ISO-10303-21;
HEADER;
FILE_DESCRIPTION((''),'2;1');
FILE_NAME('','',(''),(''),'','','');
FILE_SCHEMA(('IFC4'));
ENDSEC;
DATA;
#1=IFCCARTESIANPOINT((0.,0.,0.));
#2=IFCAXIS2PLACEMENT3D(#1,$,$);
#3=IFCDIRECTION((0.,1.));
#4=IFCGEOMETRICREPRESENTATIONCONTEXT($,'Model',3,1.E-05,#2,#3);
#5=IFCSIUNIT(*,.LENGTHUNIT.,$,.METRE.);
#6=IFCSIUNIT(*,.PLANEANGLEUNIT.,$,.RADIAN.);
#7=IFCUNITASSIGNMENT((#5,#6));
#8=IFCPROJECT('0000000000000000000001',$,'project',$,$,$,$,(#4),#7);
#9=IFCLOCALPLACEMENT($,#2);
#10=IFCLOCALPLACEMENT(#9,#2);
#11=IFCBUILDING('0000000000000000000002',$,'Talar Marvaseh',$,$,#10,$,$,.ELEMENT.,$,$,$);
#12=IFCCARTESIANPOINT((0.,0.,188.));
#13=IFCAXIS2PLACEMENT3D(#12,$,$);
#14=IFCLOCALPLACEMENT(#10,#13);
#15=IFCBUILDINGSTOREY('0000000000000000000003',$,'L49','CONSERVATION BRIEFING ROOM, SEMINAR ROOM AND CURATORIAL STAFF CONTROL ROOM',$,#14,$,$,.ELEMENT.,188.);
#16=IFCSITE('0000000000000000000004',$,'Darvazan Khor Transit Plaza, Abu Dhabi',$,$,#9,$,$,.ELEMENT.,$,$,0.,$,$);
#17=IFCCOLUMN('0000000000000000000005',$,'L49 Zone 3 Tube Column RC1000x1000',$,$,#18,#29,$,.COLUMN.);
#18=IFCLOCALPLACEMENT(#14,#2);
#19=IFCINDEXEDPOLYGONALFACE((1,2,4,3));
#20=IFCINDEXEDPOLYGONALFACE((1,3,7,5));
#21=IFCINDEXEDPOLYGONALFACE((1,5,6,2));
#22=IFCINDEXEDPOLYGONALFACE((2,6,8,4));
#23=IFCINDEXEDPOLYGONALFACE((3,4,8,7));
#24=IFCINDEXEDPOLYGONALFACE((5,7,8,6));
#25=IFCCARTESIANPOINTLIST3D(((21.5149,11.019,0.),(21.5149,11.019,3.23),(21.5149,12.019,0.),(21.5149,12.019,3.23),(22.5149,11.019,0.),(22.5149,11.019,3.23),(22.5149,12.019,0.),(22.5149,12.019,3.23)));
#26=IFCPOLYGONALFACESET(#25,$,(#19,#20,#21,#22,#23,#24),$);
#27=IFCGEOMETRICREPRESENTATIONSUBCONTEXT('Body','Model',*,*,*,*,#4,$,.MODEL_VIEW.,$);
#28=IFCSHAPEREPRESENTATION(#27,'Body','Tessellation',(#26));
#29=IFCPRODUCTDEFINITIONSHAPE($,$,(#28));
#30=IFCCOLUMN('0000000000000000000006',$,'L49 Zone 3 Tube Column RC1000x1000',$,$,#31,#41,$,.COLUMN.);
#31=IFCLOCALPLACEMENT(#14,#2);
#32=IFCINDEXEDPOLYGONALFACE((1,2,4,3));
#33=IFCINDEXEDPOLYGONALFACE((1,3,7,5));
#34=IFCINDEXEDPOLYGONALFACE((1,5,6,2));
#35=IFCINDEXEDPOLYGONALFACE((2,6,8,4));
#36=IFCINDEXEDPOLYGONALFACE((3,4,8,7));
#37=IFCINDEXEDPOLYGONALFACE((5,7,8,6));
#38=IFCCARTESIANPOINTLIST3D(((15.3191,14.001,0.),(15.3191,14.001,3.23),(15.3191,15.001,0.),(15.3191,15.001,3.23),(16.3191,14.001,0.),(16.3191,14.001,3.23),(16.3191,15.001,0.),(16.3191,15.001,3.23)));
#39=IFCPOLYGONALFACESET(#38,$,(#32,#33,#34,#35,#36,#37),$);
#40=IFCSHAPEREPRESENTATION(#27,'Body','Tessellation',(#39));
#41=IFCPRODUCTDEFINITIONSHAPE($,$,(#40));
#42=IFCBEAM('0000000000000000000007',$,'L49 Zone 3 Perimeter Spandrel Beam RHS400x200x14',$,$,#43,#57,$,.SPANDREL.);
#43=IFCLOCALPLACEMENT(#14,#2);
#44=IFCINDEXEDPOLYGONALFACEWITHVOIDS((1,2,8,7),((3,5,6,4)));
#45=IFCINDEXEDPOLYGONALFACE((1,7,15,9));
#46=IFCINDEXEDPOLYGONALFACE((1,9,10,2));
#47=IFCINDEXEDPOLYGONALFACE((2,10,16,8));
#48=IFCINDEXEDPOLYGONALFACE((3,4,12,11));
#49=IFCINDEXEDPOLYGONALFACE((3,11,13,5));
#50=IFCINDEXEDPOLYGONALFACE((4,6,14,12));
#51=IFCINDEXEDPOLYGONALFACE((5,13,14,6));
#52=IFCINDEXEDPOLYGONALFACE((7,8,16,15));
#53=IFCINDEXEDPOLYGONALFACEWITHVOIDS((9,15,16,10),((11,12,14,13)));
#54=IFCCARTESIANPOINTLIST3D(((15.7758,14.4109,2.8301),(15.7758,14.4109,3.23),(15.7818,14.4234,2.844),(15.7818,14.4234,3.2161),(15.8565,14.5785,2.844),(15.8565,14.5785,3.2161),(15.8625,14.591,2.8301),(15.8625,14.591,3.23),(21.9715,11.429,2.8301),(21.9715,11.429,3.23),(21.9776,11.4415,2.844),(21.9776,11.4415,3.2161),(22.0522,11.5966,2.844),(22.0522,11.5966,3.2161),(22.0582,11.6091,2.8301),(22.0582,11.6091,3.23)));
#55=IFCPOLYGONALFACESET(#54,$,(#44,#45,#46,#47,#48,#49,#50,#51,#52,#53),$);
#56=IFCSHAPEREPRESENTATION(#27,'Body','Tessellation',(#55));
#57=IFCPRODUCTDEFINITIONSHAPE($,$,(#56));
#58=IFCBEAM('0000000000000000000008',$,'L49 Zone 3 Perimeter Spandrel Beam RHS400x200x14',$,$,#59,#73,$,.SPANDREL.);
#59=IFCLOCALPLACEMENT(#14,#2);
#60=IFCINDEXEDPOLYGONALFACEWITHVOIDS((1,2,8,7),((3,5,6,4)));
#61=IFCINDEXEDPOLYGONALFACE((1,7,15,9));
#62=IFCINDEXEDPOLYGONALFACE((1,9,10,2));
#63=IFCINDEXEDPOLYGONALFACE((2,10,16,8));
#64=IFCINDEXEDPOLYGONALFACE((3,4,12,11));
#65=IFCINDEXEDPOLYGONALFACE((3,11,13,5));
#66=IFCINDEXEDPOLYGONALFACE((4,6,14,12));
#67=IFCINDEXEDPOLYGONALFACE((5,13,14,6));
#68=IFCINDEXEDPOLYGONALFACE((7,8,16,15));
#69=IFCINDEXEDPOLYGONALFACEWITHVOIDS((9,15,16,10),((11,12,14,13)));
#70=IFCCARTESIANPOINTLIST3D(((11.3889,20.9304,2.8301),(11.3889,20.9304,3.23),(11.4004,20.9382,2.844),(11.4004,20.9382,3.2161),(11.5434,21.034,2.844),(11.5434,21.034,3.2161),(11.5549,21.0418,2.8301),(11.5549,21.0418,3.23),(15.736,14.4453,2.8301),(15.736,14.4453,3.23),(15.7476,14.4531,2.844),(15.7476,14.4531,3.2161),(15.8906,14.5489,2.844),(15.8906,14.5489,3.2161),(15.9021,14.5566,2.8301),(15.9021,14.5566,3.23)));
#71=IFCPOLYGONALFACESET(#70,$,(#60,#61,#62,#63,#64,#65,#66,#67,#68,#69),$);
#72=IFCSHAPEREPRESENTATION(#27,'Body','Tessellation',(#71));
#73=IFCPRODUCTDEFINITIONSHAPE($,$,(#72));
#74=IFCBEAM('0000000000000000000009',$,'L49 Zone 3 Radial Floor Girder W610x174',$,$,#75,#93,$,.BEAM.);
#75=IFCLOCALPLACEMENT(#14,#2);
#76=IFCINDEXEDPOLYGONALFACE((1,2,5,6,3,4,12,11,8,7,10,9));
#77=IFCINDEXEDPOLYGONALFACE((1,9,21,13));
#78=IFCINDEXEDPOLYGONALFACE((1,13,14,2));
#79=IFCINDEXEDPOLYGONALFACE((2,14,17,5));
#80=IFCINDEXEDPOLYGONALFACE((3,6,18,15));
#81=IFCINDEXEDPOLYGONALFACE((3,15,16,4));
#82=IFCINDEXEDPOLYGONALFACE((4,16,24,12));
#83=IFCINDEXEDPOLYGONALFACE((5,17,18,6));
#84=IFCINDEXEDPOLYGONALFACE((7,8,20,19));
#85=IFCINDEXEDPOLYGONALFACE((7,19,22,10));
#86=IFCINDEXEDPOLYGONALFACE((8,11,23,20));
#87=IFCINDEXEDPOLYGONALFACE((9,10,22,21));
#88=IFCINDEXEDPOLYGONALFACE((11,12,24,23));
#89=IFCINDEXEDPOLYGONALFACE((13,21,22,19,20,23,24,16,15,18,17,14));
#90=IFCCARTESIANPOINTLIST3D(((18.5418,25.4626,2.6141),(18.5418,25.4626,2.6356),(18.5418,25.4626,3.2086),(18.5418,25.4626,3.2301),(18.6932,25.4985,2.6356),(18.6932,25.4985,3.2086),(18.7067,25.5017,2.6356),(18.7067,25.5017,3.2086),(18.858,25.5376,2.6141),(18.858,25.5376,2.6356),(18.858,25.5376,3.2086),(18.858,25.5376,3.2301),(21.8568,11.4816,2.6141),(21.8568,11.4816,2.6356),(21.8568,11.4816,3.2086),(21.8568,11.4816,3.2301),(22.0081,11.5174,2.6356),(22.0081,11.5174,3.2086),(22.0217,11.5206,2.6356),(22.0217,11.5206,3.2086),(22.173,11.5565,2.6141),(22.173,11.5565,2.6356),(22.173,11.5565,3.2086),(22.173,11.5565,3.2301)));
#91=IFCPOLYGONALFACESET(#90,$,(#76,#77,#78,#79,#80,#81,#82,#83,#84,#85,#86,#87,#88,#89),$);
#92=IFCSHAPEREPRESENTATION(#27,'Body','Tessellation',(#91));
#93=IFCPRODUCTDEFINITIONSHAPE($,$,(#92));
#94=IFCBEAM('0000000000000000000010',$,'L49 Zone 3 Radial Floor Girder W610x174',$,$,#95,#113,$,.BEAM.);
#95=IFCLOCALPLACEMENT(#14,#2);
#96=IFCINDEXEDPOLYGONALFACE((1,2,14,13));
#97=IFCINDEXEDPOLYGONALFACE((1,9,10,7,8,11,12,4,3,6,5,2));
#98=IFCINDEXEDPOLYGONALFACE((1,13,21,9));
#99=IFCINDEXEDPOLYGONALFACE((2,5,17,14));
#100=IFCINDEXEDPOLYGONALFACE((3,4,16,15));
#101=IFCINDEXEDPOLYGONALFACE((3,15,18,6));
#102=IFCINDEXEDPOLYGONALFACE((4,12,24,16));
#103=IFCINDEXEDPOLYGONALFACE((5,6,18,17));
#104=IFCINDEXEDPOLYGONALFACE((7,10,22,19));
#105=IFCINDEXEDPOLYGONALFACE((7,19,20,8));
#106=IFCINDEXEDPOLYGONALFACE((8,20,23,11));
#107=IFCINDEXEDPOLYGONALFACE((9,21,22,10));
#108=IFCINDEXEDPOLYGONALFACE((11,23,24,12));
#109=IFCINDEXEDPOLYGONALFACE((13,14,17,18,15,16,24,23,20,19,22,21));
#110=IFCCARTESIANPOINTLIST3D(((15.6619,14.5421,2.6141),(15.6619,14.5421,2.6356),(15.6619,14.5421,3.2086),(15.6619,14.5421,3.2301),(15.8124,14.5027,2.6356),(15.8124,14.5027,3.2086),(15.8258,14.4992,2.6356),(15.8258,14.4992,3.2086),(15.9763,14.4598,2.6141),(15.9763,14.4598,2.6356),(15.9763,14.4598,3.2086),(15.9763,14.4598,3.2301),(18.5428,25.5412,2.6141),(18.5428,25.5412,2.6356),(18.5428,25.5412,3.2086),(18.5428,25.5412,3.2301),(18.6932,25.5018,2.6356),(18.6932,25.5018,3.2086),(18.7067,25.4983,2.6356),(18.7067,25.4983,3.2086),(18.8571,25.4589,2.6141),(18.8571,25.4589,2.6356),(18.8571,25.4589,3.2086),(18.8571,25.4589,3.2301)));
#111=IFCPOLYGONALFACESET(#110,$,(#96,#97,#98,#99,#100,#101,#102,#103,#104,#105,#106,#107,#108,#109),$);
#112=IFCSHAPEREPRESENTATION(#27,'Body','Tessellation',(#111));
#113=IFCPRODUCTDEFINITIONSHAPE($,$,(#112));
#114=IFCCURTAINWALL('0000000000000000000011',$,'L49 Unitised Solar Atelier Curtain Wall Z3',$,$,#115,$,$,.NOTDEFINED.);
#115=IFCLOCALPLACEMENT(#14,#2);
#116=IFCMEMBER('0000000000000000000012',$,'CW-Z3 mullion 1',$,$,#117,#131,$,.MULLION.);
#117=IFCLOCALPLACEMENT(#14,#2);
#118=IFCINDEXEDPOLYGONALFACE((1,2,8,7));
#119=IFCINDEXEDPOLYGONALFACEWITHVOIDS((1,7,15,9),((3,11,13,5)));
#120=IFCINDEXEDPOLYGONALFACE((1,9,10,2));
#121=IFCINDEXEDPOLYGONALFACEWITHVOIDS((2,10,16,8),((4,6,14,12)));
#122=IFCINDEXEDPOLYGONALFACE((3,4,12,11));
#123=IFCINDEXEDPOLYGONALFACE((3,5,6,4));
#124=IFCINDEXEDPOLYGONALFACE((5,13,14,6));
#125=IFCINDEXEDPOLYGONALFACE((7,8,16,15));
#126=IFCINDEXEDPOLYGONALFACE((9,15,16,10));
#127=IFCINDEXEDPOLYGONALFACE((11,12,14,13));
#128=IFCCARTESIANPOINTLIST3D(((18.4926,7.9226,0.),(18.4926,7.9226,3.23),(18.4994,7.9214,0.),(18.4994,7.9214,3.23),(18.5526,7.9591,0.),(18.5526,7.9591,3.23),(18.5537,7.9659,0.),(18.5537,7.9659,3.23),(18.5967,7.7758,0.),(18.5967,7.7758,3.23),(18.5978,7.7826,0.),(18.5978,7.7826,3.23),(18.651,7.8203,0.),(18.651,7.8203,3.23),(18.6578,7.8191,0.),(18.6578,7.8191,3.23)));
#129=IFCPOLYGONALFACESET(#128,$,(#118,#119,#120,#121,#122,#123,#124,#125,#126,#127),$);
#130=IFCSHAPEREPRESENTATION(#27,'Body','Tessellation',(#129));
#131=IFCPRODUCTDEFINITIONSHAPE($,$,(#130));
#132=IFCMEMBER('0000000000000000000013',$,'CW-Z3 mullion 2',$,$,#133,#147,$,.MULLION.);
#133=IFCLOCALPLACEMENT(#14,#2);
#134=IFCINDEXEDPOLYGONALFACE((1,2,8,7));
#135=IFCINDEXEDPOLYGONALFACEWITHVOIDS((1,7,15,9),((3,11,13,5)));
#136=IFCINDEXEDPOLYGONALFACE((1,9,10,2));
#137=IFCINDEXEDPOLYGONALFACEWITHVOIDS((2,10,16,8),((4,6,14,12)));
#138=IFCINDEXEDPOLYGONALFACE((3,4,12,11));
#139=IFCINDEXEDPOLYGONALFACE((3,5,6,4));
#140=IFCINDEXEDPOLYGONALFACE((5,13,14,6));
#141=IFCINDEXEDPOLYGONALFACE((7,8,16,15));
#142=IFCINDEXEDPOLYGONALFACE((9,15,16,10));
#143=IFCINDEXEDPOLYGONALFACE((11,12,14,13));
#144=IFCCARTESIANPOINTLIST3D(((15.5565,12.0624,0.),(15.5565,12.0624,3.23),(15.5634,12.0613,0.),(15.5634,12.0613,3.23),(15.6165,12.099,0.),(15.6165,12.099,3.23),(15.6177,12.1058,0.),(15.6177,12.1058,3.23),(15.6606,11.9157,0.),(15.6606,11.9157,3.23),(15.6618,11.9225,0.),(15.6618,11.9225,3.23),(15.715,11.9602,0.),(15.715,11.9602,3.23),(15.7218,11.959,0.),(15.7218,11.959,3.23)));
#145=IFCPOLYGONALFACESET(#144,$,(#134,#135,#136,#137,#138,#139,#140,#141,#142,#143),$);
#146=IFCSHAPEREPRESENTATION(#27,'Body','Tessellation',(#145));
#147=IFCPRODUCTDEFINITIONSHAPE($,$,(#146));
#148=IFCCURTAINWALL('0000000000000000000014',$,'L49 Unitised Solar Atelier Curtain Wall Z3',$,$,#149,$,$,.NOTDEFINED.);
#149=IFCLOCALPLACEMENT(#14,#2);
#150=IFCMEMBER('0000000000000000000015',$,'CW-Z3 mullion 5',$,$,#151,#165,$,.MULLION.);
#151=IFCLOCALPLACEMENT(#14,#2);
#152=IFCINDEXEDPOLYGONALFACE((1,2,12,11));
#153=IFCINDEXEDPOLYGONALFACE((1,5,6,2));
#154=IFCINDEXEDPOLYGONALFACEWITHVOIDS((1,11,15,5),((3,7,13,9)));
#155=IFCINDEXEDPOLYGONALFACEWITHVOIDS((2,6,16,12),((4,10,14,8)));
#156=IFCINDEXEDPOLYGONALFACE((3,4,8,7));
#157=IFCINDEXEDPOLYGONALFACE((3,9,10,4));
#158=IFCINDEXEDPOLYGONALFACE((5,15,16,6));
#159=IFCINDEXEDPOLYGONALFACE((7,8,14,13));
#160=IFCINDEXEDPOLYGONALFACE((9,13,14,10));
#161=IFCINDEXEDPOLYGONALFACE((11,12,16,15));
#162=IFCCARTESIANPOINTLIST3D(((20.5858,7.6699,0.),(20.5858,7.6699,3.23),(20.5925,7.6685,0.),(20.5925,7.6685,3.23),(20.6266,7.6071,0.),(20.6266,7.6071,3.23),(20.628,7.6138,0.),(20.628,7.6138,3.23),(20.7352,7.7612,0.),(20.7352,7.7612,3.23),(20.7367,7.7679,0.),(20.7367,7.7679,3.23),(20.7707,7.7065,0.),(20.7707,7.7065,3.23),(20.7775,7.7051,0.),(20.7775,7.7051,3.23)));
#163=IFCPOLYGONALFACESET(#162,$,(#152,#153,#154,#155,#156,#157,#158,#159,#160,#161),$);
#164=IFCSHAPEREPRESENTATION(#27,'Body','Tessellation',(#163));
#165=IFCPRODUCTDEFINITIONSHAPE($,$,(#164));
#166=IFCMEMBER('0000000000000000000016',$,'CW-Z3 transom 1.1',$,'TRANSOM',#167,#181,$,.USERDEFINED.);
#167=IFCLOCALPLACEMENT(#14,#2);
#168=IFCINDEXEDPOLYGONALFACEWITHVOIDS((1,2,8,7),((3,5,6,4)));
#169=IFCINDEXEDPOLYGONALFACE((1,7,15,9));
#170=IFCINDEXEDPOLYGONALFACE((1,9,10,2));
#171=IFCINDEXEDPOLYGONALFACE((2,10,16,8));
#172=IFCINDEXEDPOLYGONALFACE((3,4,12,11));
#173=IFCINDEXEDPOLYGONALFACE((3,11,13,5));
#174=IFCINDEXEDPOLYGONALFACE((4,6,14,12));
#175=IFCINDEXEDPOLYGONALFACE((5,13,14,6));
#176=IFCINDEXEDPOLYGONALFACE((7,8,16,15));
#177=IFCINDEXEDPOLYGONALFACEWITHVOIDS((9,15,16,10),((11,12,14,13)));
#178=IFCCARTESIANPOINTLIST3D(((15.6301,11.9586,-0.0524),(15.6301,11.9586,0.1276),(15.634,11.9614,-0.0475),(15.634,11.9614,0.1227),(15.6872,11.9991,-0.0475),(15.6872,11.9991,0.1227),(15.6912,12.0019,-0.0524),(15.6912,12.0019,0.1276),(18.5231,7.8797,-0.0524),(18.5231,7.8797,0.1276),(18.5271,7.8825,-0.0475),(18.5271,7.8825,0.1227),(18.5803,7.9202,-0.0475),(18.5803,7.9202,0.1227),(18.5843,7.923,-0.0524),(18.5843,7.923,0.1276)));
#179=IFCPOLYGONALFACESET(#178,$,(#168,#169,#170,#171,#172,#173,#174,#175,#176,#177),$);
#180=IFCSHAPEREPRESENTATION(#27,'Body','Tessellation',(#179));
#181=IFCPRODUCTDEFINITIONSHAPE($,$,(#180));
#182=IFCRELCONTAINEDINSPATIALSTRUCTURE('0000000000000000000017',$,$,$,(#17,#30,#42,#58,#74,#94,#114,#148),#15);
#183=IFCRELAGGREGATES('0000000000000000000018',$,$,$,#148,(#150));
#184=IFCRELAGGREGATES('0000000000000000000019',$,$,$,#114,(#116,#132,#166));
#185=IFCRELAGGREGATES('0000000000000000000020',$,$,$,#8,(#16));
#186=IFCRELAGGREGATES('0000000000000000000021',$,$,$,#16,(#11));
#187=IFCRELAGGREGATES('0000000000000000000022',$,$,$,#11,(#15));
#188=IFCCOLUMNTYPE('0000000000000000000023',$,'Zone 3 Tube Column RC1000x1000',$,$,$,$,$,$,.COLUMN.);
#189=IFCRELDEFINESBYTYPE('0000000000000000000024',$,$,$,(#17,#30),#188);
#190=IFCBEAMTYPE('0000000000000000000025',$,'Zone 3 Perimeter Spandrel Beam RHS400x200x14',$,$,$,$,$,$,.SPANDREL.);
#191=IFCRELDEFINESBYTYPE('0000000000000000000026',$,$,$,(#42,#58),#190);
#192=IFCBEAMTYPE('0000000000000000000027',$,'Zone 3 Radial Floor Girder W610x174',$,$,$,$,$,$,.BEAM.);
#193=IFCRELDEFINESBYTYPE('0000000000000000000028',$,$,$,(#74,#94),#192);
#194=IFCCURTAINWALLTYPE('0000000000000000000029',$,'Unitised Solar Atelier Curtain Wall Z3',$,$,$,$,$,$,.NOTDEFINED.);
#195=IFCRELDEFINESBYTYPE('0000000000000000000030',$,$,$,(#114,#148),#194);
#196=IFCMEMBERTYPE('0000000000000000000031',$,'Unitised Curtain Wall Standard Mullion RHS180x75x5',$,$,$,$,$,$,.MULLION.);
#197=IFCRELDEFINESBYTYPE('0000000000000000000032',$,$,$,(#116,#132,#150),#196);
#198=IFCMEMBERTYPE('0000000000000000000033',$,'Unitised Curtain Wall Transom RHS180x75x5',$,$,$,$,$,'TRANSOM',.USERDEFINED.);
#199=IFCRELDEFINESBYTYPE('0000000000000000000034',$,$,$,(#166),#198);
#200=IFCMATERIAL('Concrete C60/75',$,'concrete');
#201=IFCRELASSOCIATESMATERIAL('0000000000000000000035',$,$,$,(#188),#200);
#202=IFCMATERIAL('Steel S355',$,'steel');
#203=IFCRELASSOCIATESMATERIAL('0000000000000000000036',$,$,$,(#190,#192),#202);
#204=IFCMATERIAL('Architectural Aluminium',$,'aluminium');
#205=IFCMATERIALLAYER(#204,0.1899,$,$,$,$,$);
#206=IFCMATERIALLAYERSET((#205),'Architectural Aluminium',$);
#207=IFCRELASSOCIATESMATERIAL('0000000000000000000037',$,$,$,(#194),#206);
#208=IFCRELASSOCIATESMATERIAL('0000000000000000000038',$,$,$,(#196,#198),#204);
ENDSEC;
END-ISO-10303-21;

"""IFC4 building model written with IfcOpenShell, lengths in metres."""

from ifc_helpers import new_model, si_unit, direction, frame, origin, origin_2d, place, context, subcontext, project, spatial, rectangle, hollow_rectangle, i_section, extrude, source, transform, mapped, material, layer, layer_set, material_profile, profile_set, type_object, type_shapes, element, aggregate, save


model = new_model("IFC4")

# Units and contexts
model_context = context("Model", 3, precision=1e-05, world=origin(), true_north=direction((0.0, 1.0)))
body_context = subcontext(model_context, "Body", "Model", "MODEL_VIEW")
ifc_project = project(units=[si_unit("LENGTHUNIT", "METRE"), si_unit("PLANEANGLEUNIT", "RADIAN")], contexts=[model_context])

# Site, building, storey
site_placement = place(None, origin())
site = spatial("IfcSite", under=ifc_project, at=site_placement, Name="Darvazan Khor Transit Plaza, Abu Dhabi", CompositionType="ELEMENT", RefElevation=0.0)
building_placement = place(site_placement, origin())
building = spatial("IfcBuilding", under=site, at=building_placement, Name="Talar Marvaseh", CompositionType="ELEMENT")
storey_placement = place(building_placement, frame((0.0, 0.0, 188.0)))
storey = spatial("IfcBuildingStorey", under=building, at=storey_placement, Name="L49", Description="CONSERVATION BRIEFING ROOM, SEMINAR ROOM AND CURATORIAL STAFF CONTROL ROOM", CompositionType="ELEMENT", Elevation=188.0)

# Columns
ifc_material_1 = material(Name="Concrete C60/75", Category="concrete")
ifc_material_profile_1 = material_profile(ifc_material_1, rectangle(XDim=1.0, YDim=1.0, at=origin_2d()), Name="RC1000x1000")
ifc_profile_set_1 = profile_set([ifc_material_profile_1], Name="Concrete C60/75")
column_type = type_object("IfcColumnType", Name="Zone 3 Tube Column RC1000x1000", PredefinedType="COLUMN", material=ifc_profile_set_1)
for number, where, z_axis, x_axis, name in (
    (1, (22.0149, 11.519, 0.0), (0.0, 0.0, 1.0), (1.0, 0.0, 0.0), "L49 Zone 3 Tube Column RC1000x1000"),
    (2, (15.8191, 14.501, 0.0), (0.0, 0.0, 1.0), (1.0, 0.0, 0.0), "L49 Zone 3 Tube Column RC1000x1000"),
):
    element("IfcColumn", number, at=place(storey_placement, frame(where, z_axis=z_axis, x_axis=x_axis)), inside=storey, type_object=column_type, Name=name, PredefinedType="COLUMN", context=body_context, shape_type="SweptSolid", body=[
        extrude(rectangle(XDim=1.0, YDim=1.0, at=origin_2d()), origin(), (0.0, 0.0, 1.0), 3.23),
    ])

# Beams
ifc_material_2 = material(Name="Steel S355", Category="steel")
ifc_material_profile_2 = material_profile(ifc_material_2, hollow_rectangle(XDim=0.2, YDim=0.3999, WallThickness=0.0139, at=origin_2d()), Name="RHS400x200x14")
ifc_profile_set_2 = profile_set([ifc_material_profile_2], Name="Steel S355")
beam_type_1 = type_object("IfcBeamType", Name="Zone 3 Perimeter Spandrel Beam RHS400x200x14", PredefinedType="SPANDREL", material=ifc_profile_set_2)
beam_1_placement = place(storey_placement, frame((22.0149, 11.519, 3.03), z_axis=(-0.901072, 0.43367, 0.0), x_axis=(-0.43367, -0.901072, 0.0)))
element("IfcBeam", 3, at=beam_1_placement, inside=storey, type_object=beam_type_1, Name="L49 Zone 3 Perimeter Spandrel Beam RHS400x200x14", PredefinedType="SPANDREL", context=body_context, shape_type="SweptSolid", body=[
    extrude(hollow_rectangle(XDim=0.2, YDim=0.3999, WallThickness=0.0139, at=origin_2d()), origin(), (0.0, 0.0, 1.0), 6.876),
])
beam_2_placement = place(storey_placement, frame((15.8191, 14.501, 3.03), z_axis=(-0.556806, 0.830643, 0.0), x_axis=(-0.830643, -0.556806, 0.0)))
element("IfcBeam", 4, at=beam_2_placement, inside=storey, type_object=beam_type_1, Name="L49 Zone 3 Perimeter Spandrel Beam RHS400x200x14", PredefinedType="SPANDREL", context=body_context, shape_type="SweptSolid", body=[
    extrude(hollow_rectangle(XDim=0.2, YDim=0.3999, WallThickness=0.0139, at=origin_2d()), origin(), (0.0, 0.0, 1.0), 7.8074),
])
ifc_material_profile_3 = material_profile(ifc_material_2, i_section(OverallWidth=0.325, OverallDepth=0.616, WebThickness=0.0139, FlangeThickness=0.0215, at=origin_2d()), Name="W610x174")
ifc_profile_set_3 = profile_set([ifc_material_profile_3], Name="Steel S355")
beam_type_2 = type_object("IfcBeamType", Name="Zone 3 Radial Floor Girder W610x174", PredefinedType="BEAM", material=ifc_profile_set_3)
beam_3_placement = place(storey_placement, frame((22.0149, 11.519, 2.9221), z_axis=(-0.230708, 0.973023, 0.0), x_axis=(-0.973023, -0.230708, 0.0)))
element("IfcBeam", 5, at=beam_3_placement, inside=storey, type_object=beam_type_2, Name="L49 Zone 3 Radial Floor Girder W610x174", PredefinedType="BEAM", context=body_context, shape_type="SweptSolid", body=[
    extrude(i_section(OverallWidth=0.325, OverallDepth=0.616, WebThickness=0.0139, FlangeThickness=0.0215, at=origin_2d()), origin(), (0.0, 0.0, 1.0), 14.3687),
])
beam_4_placement = place(storey_placement, frame((15.8191, 14.501, 2.9221), z_axis=(0.253373, 0.967369, 0.0), x_axis=(-0.967369, 0.253373, 0.0)))
element("IfcBeam", 6, at=beam_4_placement, inside=storey, type_object=beam_type_2, Name="L49 Zone 3 Radial Floor Girder W610x174", PredefinedType="BEAM", context=body_context, shape_type="SweptSolid", body=[
    extrude(i_section(OverallWidth=0.325, OverallDepth=0.616, WebThickness=0.0139, FlangeThickness=0.0215, at=origin_2d()), origin(), (0.0, 0.0, 1.0), 11.3701),
])

# Curtain wall, members
ifc_material_3 = material(Name="Architectural Aluminium", Category="aluminium")
ifc_layer_1 = layer(ifc_material_3, 0.1899)
ifc_layer_set_1 = layer_set([ifc_layer_1], Name="Architectural Aluminium")
curtain_wall_type = type_object("IfcCurtainWallType", Name="Unitised Solar Atelier Curtain Wall Z3", PredefinedType="NOTDEFINED", material=ifc_layer_set_1)
curtain_wall_1_placement = place(storey_placement, origin())
curtain_wall_1 = element("IfcCurtainWall", 7, at=curtain_wall_1_placement, inside=storey, type_object=curtain_wall_type, Name="L49 Unitised Solar Atelier Curtain Wall Z3", PredefinedType="NOTDEFINED")
ifc_material_profile_4 = material_profile(ifc_material_3, hollow_rectangle(XDim=0.075, YDim=0.1799, WallThickness=0.0049, at=origin_2d()), Name="RHS180x75x5")
ifc_profile_set_4 = profile_set([ifc_material_profile_4], Name="Architectural Aluminium")
member_type_1 = type_object("IfcMemberType", Name="Unitised Curtain Wall Standard Mullion RHS180x75x5", PredefinedType="MULLION", material=ifc_profile_set_4)
shared_shape_1 = source(origin(), body_context, "Body", "SweptSolid", [
    extrude(hollow_rectangle(XDim=0.075, YDim=0.1799, WallThickness=0.0049, at=origin_2d()), origin(), (0.0, 0.0, 1.0), 3.23),
])
type_shapes(member_type_1, [shared_shape_1])
member_1_placement = place(storey_placement, frame((18.5752, 7.8708, 0.0), z_axis=(0.0, 0.0, 1.0), x_axis=(-0.815673, -0.578513, 0.0)))
member_1 = element("IfcMember", 8, at=member_1_placement, type_object=member_type_1, Name="CW-Z3 mullion 1", PredefinedType="MULLION", context=body_context, shape_type="MappedRepresentation", body=[
    mapped(shared_shape_1, transform((0.0, 0.0, 0.0), x_axis=(1.0, 0.0, 0.0), y_axis=(0.0, 1.0, 0.0), z_axis=(0.0, 0.0, 1.0), scale=1.0)),
])
member_2_placement = place(storey_placement, frame((15.6392, 12.0107, 0.0), z_axis=(0.0, 0.0, 1.0), x_axis=(-0.815673, -0.578513, 0.0)))
member_2 = element("IfcMember", 9, at=member_2_placement, type_object=member_type_1, Name="CW-Z3 mullion 2", PredefinedType="MULLION", context=body_context, shape_type="MappedRepresentation", body=[
    mapped(shared_shape_1, transform((0.0, 0.0, 0.0), x_axis=(1.0, 0.0, 0.0), y_axis=(0.0, 1.0, 0.0), z_axis=(0.0, 0.0, 1.0), scale=1.0)),
])

# Curtain wall, member
curtain_wall_2_placement = place(storey_placement, origin())
curtain_wall_2 = element("IfcCurtainWall", 10, at=curtain_wall_2_placement, inside=storey, type_object=curtain_wall_type, Name="L49 Unitised Solar Atelier Curtain Wall Z3", PredefinedType="NOTDEFINED")
member_3_placement = place(storey_placement, frame((20.6816, 7.6875, 0.0), z_axis=(0.0, 0.0, 1.0), x_axis=(0.544771, -0.838585, 0.0)))
member_3 = element("IfcMember", 11, at=member_3_placement, type_object=member_type_1, Name="CW-Z3 mullion 5", PredefinedType="MULLION", context=body_context, shape_type="MappedRepresentation", body=[
    mapped(shared_shape_1, transform((0.0, 0.0, 0.0), x_axis=(1.0, 0.0, 0.0), y_axis=(0.0, 1.0, 0.0), z_axis=(0.0, 0.0, 1.0), scale=1.0)),
])
aggregate(curtain_wall_2, [member_3])

# Member
ifc_material_profile_5 = material_profile(ifc_material_3, hollow_rectangle(XDim=0.075, YDim=0.1799, WallThickness=0.0049, at=origin_2d()), Name="RHS180x75x5")
ifc_profile_set_5 = profile_set([ifc_material_profile_5], Name="Architectural Aluminium")
member_type_2 = type_object("IfcMemberType", Name="Unitised Curtain Wall Transom RHS180x75x5", ElementType="TRANSOM", PredefinedType="USERDEFINED", material=ifc_profile_set_5)
shared_shape_2 = source(origin(), body_context, "Body", "SweptSolid", [
    extrude(hollow_rectangle(XDim=0.075, YDim=0.1799, WallThickness=0.0049, at=origin_2d()), origin(), (0.0, 0.0, 1.0), 5.0007),
])
member_4_placement = place(storey_placement, frame((18.5537, 7.9014, 0.0376), z_axis=(-0.578533, 0.815659, 0.0), x_axis=(-0.815659, -0.578533, 0.0)))
member_4 = element("IfcMember", 12, at=member_4_placement, type_object=member_type_2, Name="CW-Z3 transom 1.1", ObjectType="TRANSOM", PredefinedType="USERDEFINED", context=body_context, shape_type="MappedRepresentation", body=[
    mapped(shared_shape_2, transform((0.0, 0.0, 0.0), x_axis=(1.0, 0.0, 0.0), y_axis=(0.0, 1.0, 0.0), z_axis=(0.0, 0.0, 1.0), scale=1.0)),
])

aggregate(curtain_wall_1, [member_1, member_2, member_4])

save(model, "model.ifc")
